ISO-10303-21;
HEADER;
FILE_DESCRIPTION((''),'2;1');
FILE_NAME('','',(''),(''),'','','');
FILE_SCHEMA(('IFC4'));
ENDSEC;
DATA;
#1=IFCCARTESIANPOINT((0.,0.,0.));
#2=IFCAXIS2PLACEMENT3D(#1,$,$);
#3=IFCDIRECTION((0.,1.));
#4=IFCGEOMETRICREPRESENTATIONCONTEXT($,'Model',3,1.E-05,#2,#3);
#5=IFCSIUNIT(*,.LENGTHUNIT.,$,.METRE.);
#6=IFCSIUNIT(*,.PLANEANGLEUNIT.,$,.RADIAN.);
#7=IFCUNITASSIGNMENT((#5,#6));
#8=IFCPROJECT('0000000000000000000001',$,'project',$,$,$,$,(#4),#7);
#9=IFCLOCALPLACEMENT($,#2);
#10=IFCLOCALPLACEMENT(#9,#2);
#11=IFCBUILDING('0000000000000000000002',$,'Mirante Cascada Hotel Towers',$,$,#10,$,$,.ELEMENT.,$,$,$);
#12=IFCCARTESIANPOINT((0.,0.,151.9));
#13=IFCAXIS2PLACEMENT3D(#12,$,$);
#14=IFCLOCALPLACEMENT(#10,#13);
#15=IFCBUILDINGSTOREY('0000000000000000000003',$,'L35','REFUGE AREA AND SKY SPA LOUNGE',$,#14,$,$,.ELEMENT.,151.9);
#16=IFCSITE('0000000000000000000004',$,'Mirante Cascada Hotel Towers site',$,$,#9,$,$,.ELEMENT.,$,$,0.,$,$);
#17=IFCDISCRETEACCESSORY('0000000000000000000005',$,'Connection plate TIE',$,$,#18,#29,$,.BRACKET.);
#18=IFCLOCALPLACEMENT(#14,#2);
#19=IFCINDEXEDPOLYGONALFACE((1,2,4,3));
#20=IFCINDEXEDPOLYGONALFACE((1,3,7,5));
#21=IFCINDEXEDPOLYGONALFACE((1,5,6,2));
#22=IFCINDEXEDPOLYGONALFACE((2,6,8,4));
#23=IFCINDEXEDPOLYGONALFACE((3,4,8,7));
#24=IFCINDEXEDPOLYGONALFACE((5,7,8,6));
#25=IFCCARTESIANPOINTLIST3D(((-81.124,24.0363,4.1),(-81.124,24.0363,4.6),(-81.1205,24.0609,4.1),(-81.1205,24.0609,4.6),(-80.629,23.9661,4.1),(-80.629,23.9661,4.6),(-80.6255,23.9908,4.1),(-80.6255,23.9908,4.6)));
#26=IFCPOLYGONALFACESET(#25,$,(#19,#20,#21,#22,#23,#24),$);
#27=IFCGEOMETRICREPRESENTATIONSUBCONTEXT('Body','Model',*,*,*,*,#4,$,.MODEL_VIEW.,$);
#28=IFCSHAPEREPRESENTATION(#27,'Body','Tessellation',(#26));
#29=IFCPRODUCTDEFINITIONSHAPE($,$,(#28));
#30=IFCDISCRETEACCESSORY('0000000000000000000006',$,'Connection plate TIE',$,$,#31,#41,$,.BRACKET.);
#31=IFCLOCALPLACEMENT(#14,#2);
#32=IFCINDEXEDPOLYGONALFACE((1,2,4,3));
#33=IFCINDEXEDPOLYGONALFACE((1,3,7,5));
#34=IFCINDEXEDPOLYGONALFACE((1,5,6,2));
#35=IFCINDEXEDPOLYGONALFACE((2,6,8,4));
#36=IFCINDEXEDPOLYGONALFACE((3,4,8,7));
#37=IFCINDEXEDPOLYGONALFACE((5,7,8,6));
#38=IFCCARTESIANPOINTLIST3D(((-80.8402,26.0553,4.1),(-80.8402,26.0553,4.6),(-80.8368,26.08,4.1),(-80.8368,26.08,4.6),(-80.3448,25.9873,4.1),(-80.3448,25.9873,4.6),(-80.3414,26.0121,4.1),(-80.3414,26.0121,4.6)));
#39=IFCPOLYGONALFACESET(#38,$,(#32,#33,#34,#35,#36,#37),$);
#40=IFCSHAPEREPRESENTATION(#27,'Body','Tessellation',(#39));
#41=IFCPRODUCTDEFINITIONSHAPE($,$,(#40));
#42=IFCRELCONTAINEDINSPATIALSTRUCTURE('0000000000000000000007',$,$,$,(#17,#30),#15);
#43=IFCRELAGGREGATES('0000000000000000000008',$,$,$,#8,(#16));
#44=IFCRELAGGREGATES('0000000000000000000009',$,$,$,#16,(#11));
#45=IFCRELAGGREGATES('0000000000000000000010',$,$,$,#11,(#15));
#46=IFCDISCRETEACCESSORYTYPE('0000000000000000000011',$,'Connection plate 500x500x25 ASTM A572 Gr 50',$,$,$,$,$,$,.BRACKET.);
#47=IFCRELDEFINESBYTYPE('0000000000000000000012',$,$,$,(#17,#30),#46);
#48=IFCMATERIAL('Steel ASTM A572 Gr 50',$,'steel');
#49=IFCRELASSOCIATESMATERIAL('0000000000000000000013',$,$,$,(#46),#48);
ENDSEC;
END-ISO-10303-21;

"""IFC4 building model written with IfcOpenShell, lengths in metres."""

from ifc_helpers import new_model, si_unit, direction, frame, origin, origin_2d, place, context, subcontext, project, spatial, rectangle, extrude, material, material_profile, profile_set, type_object, element, save


model = new_model("IFC4")

# Units and contexts
model_context = context("Model", 3, precision=1e-05, world=origin(), true_north=direction((0.0, 1.0)))
body_context = subcontext(model_context, "Body", "Model", "MODEL_VIEW")
ifc_project = project(units=[si_unit("LENGTHUNIT", "METRE"), si_unit("PLANEANGLEUNIT", "RADIAN")], contexts=[model_context])

# Site, building, storey
site_placement = place(None, origin())
site = spatial("IfcSite", under=ifc_project, at=site_placement, Name="Mirante Cascada Hotel Towers site", CompositionType="ELEMENT", RefElevation=0.0)
building_placement = place(site_placement, origin())
building = spatial("IfcBuilding", under=site, at=building_placement, Name="Mirante Cascada Hotel Towers", CompositionType="ELEMENT")
storey_placement = place(building_placement, frame((0.0, 0.0, 151.9)))
storey = spatial("IfcBuildingStorey", under=building, at=storey_placement, Name="L35", Description="REFUGE AREA AND SKY SPA LOUNGE", CompositionType="ELEMENT", Elevation=151.9)

# Discrete accessories
ifc_material_1 = material(Name="Steel ASTM A572 Gr 50", Category="steel")
ifc_material_profile_1 = material_profile(ifc_material_1, rectangle(XDim=0.5, YDim=0.5, at=origin_2d()), Name="Connection plate 500x500x25 ASTM A572 Gr 50")
ifc_profile_set_1 = profile_set([ifc_material_profile_1], Name="Steel ASTM A572 Gr 50")
discrete_accessory_type_1 = type_object("IfcDiscreteAccessoryType", Name="Connection plate 500x500x25 ASTM A572 Gr 50", PredefinedType="BRACKET", material=ifc_profile_set_1)
for number, where, z_axis, x_axis, name in (
    (1, (-80.8765, 24.0012, 4.35), (0.140299, 0.990109, 0.0), (-0.990109, 0.140299, 0.0), "Connection plate TIE"),
):
    element("IfcDiscreteAccessory", number, at=place(storey_placement, frame(where, z_axis=z_axis, x_axis=x_axis)), inside=storey, type_object=discrete_accessory_type_1, Name=name, PredefinedType="BRACKET", context=body_context, shape_type="SweptSolid", body=[
        extrude(rectangle(XDim=0.5, YDim=0.5, at=origin_2d()), origin(), (0.0, 0.0, 1.0), 0.0249),
    ])
discrete_accessory_1_placement = place(storey_placement, frame((-80.5925, 26.0213, 4.35), z_axis=(0.135826, 0.990733, 0.0), x_axis=(-0.990733, 0.135826, 0.0)))
element("IfcDiscreteAccessory", 2, at=discrete_accessory_1_placement, inside=storey, type_object=discrete_accessory_type_1, Name="Connection plate TIE", PredefinedType="BRACKET", context=body_context, shape_type="SweptSolid", body=[
    extrude(rectangle(XDim=0.5, YDim=0.5, at=origin_2d()), origin(), (0.0, 0.0, 1.0), 0.025),
])

save(model, "model.ifc")
